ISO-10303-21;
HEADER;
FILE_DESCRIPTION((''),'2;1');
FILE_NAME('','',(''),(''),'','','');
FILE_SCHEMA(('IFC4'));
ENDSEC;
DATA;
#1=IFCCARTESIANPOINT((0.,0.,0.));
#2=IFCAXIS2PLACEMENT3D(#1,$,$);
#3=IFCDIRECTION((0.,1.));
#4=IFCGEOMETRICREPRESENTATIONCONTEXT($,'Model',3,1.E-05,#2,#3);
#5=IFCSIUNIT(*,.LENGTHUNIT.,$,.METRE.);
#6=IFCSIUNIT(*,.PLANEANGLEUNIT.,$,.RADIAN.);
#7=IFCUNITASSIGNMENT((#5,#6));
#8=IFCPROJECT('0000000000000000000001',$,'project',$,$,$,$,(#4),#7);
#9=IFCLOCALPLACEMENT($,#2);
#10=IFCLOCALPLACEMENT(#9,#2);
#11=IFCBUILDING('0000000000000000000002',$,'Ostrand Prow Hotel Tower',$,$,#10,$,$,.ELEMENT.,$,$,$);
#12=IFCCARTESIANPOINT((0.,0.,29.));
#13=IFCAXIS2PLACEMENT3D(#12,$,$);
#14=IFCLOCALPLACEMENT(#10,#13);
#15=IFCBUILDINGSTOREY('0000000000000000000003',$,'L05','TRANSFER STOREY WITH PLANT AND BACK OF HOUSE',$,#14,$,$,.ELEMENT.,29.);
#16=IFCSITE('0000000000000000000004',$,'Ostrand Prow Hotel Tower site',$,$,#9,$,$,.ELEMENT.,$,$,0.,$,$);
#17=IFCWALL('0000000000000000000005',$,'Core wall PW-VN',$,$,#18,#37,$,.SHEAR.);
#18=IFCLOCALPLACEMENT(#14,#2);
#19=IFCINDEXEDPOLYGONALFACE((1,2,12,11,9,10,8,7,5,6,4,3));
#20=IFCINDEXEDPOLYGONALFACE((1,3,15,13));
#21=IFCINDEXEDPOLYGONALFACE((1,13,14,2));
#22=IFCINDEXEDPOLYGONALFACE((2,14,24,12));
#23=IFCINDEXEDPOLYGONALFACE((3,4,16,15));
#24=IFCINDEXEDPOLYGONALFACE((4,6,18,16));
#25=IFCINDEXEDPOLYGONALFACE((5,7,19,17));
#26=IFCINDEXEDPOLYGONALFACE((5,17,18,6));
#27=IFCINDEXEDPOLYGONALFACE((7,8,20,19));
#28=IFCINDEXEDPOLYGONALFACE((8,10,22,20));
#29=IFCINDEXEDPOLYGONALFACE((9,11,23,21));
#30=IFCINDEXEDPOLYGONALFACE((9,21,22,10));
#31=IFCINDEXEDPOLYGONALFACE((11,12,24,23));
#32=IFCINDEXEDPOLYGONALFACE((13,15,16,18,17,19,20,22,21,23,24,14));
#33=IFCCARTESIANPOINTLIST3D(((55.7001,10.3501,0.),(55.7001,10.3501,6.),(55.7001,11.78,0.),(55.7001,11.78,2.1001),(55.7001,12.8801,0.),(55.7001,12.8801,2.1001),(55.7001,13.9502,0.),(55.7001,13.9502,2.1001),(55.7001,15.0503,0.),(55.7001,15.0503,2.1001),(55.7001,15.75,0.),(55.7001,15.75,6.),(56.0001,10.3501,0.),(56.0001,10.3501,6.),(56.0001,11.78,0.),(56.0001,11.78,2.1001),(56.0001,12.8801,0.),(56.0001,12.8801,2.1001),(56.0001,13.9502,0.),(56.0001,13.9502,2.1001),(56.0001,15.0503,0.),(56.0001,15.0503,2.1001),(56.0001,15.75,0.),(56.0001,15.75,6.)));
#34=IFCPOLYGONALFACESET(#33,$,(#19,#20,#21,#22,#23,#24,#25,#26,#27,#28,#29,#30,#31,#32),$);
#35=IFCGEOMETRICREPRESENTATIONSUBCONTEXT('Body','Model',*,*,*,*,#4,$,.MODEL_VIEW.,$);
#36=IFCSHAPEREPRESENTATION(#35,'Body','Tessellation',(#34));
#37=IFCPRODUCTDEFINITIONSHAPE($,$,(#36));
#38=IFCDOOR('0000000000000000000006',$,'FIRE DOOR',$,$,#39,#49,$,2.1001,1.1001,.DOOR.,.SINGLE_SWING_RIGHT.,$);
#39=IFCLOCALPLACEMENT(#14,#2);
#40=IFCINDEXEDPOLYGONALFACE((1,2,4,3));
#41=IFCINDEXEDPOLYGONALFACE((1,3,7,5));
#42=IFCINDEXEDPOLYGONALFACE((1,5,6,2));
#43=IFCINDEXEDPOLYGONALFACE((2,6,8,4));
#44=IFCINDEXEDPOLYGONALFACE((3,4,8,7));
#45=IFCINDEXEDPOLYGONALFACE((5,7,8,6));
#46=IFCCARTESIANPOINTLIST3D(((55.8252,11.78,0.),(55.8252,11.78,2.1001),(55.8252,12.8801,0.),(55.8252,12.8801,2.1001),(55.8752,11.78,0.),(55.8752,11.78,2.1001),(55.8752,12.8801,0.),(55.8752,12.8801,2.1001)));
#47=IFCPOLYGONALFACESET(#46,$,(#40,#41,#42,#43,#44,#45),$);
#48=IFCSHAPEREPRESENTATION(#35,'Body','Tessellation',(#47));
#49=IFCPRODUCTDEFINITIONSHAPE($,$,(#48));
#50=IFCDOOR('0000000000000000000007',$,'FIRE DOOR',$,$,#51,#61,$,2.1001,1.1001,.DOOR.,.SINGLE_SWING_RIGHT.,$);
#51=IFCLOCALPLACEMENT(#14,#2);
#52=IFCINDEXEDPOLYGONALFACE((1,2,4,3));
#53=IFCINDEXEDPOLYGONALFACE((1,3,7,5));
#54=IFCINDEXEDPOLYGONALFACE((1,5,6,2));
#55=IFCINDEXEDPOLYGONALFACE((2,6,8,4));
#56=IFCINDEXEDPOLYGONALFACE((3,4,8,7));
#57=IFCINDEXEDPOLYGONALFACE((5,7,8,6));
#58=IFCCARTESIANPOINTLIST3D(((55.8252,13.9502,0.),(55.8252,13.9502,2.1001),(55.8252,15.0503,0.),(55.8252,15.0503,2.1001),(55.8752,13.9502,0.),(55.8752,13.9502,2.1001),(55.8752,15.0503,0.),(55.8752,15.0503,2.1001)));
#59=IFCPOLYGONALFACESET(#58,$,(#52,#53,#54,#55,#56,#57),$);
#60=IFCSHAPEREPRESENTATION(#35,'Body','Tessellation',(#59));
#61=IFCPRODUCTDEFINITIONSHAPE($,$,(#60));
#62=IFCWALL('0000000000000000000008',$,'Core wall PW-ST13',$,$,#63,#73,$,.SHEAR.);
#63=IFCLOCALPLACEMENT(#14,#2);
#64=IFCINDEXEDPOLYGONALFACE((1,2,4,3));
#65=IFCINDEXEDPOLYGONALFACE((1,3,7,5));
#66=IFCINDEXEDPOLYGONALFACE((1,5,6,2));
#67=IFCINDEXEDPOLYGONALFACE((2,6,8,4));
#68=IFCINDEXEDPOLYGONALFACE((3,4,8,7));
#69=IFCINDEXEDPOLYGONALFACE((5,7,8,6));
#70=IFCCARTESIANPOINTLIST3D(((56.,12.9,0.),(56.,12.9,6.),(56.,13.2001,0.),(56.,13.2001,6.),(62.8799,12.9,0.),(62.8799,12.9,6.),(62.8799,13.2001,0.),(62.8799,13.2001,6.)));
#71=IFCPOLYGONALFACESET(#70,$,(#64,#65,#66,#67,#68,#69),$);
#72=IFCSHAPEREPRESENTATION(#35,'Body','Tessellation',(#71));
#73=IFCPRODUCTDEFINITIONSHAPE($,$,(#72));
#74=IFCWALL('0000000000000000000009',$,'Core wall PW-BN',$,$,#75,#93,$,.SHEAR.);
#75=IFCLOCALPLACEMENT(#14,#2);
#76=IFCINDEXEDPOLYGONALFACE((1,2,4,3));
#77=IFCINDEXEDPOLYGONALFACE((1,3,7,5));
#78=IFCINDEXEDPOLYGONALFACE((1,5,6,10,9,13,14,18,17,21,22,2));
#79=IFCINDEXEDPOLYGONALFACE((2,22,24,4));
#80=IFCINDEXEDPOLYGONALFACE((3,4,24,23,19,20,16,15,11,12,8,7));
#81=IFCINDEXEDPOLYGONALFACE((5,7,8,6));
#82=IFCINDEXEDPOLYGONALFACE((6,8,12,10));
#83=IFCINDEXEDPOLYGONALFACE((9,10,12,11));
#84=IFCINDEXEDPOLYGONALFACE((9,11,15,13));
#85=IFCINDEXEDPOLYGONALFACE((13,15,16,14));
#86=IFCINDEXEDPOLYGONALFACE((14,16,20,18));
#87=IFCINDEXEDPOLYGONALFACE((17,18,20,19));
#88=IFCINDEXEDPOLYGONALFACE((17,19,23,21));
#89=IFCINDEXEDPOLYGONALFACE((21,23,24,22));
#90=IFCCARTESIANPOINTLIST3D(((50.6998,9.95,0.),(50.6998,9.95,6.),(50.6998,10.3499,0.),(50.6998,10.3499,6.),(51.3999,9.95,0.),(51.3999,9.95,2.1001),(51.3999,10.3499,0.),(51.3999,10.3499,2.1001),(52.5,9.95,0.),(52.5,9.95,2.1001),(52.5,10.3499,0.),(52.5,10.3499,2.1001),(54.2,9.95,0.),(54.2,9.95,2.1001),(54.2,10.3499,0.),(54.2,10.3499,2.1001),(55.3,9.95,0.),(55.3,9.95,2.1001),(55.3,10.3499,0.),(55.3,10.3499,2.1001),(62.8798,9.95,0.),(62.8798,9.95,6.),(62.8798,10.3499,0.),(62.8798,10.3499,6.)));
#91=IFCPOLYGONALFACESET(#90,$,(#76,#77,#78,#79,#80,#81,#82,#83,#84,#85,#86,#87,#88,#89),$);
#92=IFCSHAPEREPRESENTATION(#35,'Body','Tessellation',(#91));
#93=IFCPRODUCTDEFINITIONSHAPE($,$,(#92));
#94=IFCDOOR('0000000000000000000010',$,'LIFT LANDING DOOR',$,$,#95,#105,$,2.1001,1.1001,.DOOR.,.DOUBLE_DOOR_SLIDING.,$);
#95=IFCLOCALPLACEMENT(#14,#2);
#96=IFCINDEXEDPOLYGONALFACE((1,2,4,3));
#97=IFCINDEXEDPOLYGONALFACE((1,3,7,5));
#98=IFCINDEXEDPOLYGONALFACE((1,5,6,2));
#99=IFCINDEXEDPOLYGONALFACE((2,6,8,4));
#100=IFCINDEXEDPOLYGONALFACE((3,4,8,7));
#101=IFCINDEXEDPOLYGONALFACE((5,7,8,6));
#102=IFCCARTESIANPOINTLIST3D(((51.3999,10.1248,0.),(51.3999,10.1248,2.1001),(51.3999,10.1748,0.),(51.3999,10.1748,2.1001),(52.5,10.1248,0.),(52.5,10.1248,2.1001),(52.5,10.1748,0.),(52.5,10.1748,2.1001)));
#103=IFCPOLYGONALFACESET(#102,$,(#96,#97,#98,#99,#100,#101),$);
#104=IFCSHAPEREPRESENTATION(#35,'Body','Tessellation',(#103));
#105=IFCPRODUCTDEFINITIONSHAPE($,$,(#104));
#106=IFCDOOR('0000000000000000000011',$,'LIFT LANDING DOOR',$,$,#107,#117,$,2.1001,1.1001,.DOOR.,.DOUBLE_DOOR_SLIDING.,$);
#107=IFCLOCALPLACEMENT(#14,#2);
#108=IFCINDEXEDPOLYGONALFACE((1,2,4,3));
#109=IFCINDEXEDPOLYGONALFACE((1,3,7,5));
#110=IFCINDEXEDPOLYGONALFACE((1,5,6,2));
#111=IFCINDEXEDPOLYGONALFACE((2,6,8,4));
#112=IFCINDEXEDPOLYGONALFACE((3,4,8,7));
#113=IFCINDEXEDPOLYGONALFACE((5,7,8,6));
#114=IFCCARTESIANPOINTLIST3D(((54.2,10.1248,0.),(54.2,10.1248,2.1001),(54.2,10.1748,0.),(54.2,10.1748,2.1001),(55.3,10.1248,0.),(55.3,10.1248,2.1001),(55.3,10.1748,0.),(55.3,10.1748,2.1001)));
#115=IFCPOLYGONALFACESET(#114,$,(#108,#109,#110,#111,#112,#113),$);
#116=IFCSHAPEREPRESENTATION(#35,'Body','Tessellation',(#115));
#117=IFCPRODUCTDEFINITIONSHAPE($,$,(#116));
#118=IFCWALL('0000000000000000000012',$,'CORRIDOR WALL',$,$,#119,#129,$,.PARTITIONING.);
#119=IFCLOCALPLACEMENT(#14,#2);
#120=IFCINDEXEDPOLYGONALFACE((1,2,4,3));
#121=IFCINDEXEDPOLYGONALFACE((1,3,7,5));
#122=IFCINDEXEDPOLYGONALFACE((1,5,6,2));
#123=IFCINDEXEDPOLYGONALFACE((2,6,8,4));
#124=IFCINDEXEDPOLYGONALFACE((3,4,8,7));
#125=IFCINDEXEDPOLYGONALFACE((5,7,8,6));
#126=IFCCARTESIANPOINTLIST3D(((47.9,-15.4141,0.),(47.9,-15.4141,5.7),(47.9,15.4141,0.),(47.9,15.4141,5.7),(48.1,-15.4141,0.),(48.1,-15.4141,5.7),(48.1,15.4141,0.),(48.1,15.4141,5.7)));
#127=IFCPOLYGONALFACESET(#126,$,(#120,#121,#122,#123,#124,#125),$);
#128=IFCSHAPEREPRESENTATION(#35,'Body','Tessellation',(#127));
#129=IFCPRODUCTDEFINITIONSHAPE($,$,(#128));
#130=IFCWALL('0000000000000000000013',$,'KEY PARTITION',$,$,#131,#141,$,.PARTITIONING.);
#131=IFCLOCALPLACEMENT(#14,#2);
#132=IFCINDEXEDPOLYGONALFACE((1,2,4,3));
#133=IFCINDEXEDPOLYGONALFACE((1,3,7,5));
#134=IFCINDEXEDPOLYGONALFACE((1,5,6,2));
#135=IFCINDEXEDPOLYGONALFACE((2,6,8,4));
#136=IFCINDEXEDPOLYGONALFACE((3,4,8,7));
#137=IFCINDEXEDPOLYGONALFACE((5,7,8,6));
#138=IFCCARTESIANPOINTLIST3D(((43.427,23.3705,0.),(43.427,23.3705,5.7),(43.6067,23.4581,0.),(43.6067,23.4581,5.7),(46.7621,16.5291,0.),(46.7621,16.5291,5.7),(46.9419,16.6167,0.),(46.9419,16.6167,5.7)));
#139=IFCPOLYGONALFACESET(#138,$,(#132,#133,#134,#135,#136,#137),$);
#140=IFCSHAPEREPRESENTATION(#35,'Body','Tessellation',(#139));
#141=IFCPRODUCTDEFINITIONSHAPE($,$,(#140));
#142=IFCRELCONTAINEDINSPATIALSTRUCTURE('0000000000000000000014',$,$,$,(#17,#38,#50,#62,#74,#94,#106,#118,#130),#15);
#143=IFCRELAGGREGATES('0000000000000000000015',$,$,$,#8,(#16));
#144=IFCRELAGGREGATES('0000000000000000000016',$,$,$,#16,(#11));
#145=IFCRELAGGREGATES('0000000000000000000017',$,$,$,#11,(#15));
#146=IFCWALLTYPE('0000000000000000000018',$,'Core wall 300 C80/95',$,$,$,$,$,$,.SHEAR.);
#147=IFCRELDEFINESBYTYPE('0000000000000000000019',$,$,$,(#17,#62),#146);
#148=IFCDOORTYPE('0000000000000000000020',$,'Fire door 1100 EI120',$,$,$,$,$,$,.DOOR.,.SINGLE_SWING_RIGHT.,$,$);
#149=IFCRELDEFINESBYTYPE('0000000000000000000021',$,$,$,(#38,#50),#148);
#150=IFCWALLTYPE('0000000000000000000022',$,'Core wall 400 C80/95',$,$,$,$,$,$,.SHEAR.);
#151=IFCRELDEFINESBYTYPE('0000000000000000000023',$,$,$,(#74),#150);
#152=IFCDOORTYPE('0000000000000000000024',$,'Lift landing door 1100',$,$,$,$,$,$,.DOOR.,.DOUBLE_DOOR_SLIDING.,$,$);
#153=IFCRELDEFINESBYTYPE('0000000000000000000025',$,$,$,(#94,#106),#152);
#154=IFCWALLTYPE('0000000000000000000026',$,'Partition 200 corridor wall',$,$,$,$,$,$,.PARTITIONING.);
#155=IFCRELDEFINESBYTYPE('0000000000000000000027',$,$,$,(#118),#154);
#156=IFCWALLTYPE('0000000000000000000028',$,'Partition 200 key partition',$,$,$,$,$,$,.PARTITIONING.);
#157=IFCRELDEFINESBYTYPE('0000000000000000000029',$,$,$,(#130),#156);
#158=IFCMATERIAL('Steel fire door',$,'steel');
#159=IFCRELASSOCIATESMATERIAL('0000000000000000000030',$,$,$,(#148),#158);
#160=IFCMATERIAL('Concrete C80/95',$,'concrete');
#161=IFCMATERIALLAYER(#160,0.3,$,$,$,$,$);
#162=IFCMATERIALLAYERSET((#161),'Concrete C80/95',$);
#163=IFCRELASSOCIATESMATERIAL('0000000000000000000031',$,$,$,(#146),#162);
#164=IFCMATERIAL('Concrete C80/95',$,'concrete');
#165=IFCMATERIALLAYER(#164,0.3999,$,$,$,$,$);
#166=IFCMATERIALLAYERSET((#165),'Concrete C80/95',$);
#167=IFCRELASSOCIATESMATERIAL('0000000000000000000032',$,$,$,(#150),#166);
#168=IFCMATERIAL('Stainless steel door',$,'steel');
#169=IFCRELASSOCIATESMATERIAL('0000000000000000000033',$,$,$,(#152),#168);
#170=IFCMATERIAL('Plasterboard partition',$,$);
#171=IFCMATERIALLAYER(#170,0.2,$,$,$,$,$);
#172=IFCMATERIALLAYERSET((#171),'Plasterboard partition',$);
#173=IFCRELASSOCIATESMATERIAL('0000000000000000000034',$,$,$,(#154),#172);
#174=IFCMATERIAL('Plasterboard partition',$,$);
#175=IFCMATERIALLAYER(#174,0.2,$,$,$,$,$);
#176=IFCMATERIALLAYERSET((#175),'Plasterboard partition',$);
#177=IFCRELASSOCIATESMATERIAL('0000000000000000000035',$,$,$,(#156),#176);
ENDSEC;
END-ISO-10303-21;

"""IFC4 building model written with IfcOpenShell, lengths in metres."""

from ifc_helpers import new_model, si_unit, direction, frame, frame_2d, origin, place, context, subcontext, project, spatial, rectangle, extrude, material, layer, layer_set, type_object, element, fill, save


model = new_model("IFC4")

# Units and contexts
model_context = context("Model", 3, precision=1e-05, world=origin(), true_north=direction((0.0, 1.0)))
body_context = subcontext(model_context, "Body", "Model", "MODEL_VIEW")
ifc_project = project(units=[si_unit("LENGTHUNIT", "METRE"), si_unit("PLANEANGLEUNIT", "RADIAN")], contexts=[model_context])

# Site, building, storey
site_placement = place(None, origin())
site = spatial("IfcSite", under=ifc_project, at=site_placement, Name="Ostrand Prow Hotel Tower site", CompositionType="ELEMENT", RefElevation=0.0)
building_placement = place(site_placement, origin())
building = spatial("IfcBuilding", under=site, at=building_placement, Name="Ostrand Prow Hotel Tower", CompositionType="ELEMENT")
storey_placement = place(building_placement, frame((0.0, 0.0, 29.0)))
storey = spatial("IfcBuildingStorey", under=building, at=storey_placement, Name="L05", Description="TRANSFER STOREY WITH PLANT AND BACK OF HOUSE", CompositionType="ELEMENT", Elevation=29.0)

# Shared definitions
ifc_material_1 = material(Name="Steel fire door", Category="steel")
door_type_1 = type_object("IfcDoorType", Name="Fire door 1100 EI120", OperationType="SINGLE_SWING_RIGHT", PredefinedType="DOOR", material=ifc_material_1)

# Shared definitions
ifc_material_2 = material(Name="Concrete C80/95", Category="concrete")
ifc_layer_1 = layer(ifc_material_2, 0.3)
ifc_layer_set_1 = layer_set([ifc_layer_1], Name="Concrete C80/95")
wall_type_1 = type_object("IfcWallType", Name="Core wall 300 C80/95", PredefinedType="SHEAR", material=ifc_layer_set_1)

# Wall, openings, doors
wall_1_placement = place(storey_placement, frame((55.8501, 10.3501, 0.0), z_axis=(0.0, 0.0, 1.0), x_axis=(0.0, 1.0, 0.0)))
wall_1 = element("IfcWall", 1, at=wall_1_placement, inside=storey, type_object=wall_type_1, Name="Core wall PW-VN", PredefinedType="SHEAR", context=body_context, shape_type="SweptSolid", body=[
    extrude(rectangle(XDim=5.3999, YDim=0.3, at=frame_2d((2.7, 0.0))), origin(), (0.0, 0.0, 1.0), 6.0),
])
opening_1_placement = place(wall_1_placement, frame((1.4299, 0.0, 0.0)))
opening_1 = element("IfcOpeningElement", 2, at=opening_1_placement, cuts=wall_1, PredefinedType="OPENING", context=body_context, shape_type="SweptSolid", body=[
    extrude(rectangle(XDim=1.1001, YDim=2.1001, at=frame_2d((0.55, 1.05))), frame((0.0, 0.1599, 0.0), z_axis=(0.0, -1.0, 0.0), x_axis=(1.0, 0.0, 0.0)), (0.0, 0.0, 1.0), 0.3201),
])
opening_2_placement = place(wall_1_placement, frame((3.6001, 0.0, 0.0)))
opening_2 = element("IfcOpeningElement", 3, at=opening_2_placement, cuts=wall_1, PredefinedType="OPENING", context=body_context, shape_type="SweptSolid", body=[
    extrude(rectangle(XDim=1.1001, YDim=2.1001, at=frame_2d((0.55, 1.05))), frame((0.0, 0.1599, 0.0), z_axis=(0.0, -1.0, 0.0), x_axis=(1.0, 0.0, 0.0)), (0.0, 0.0, 1.0), 0.3201),
])
door_1_placement = place(opening_1_placement, origin())
door_1 = element("IfcDoor", 4, at=door_1_placement, inside=storey, type_object=door_type_1, Name="FIRE DOOR", OperationType="SINGLE_SWING_RIGHT", OverallHeight=2.1001, OverallWidth=1.1001, PredefinedType="DOOR", context=body_context, shape_type="SweptSolid", body=[
    extrude(rectangle(XDim=1.1001, YDim=2.1001, at=frame_2d((0.55, 1.05))), frame((0.0, 0.0249, 0.0), z_axis=(0.0, -1.0, 0.0), x_axis=(1.0, 0.0, 0.0)), (0.0, 0.0, 1.0), 0.05),
])
fill(opening_1, door_1)
door_2_placement = place(opening_2_placement, origin())
door_2 = element("IfcDoor", 5, at=door_2_placement, inside=storey, type_object=door_type_1, Name="FIRE DOOR", OperationType="SINGLE_SWING_RIGHT", OverallHeight=2.1001, OverallWidth=1.1001, PredefinedType="DOOR", context=body_context, shape_type="SweptSolid", body=[
    extrude(rectangle(XDim=1.1001, YDim=2.1001, at=frame_2d((0.55, 1.05))), frame((0.0, 0.0249, 0.0), z_axis=(0.0, -1.0, 0.0), x_axis=(1.0, 0.0, 0.0)), (0.0, 0.0, 1.0), 0.05),
])
fill(opening_2, door_2)

# Wall
wall_2_placement = place(storey_placement, frame((56.0, 13.05, 0.0), z_axis=(0.0, 0.0, 1.0), x_axis=(1.0, 0.0, 0.0)))
element("IfcWall", 6, at=wall_2_placement, inside=storey, type_object=wall_type_1, Name="Core wall PW-ST13", PredefinedType="SHEAR", context=body_context, shape_type="SweptSolid", body=[
    extrude(rectangle(XDim=6.8799, YDim=0.3, at=frame_2d((3.4399, 0.0))), origin(), (0.0, 0.0, 1.0), 6.0),
])

# Wall, openings, doors
ifc_material_3 = material(Name="Concrete C80/95", Category="concrete")
ifc_layer_2 = layer(ifc_material_3, 0.3999)
ifc_layer_set_2 = layer_set([ifc_layer_2], Name="Concrete C80/95")
wall_type_2 = type_object("IfcWallType", Name="Core wall 400 C80/95", PredefinedType="SHEAR", material=ifc_layer_set_2)
wall_3_placement = place(storey_placement, frame((50.7, 10.1499, 0.0), z_axis=(0.0, 0.0, 1.0), x_axis=(1.0, 0.0, 0.0)))
wall_3 = element("IfcWall", 7, at=wall_3_placement, inside=storey, type_object=wall_type_2, Name="Core wall PW-BN", PredefinedType="SHEAR", context=body_context, shape_type="SweptSolid", body=[
    extrude(rectangle(XDim=12.1799, YDim=0.3999, at=frame_2d((6.0898, 0.0))), origin(), (0.0, 0.0, 1.0), 6.0),
])
opening_3_placement = place(wall_3_placement, frame((0.7, 0.0, 0.0)))
opening_3 = element("IfcOpeningElement", 8, at=opening_3_placement, cuts=wall_3, PredefinedType="OPENING", context=body_context, shape_type="SweptSolid", body=[
    extrude(rectangle(XDim=1.1001, YDim=2.1001, at=frame_2d((0.55, 1.05))), frame((0.0, 0.21, 0.0), z_axis=(0.0, -1.0, 0.0), x_axis=(1.0, 0.0, 0.0)), (0.0, 0.0, 1.0), 0.4199),
])
opening_4_placement = place(wall_3_placement, frame((3.5, 0.0, 0.0)))
opening_4 = element("IfcOpeningElement", 9, at=opening_4_placement, cuts=wall_3, PredefinedType="OPENING", context=body_context, shape_type="SweptSolid", body=[
    extrude(rectangle(XDim=1.1001, YDim=2.1001, at=frame_2d((0.55, 1.05))), frame((0.0, 0.21, 0.0), z_axis=(0.0, -1.0, 0.0), x_axis=(1.0, 0.0, 0.0)), (0.0, 0.0, 1.0), 0.4199),
])
ifc_material_4 = material(Name="Stainless steel door", Category="steel")
door_type_2 = type_object("IfcDoorType", Name="Lift landing door 1100", OperationType="DOUBLE_DOOR_SLIDING", PredefinedType="DOOR", material=ifc_material_4)
door_3_placement = place(opening_3_placement, origin())
door_3 = element("IfcDoor", 10, at=door_3_placement, inside=storey, type_object=door_type_2, Name="LIFT LANDING DOOR", OperationType="DOUBLE_DOOR_SLIDING", OverallHeight=2.1001, OverallWidth=1.1001, PredefinedType="DOOR", context=body_context, shape_type="SweptSolid", body=[
    extrude(rectangle(XDim=1.1001, YDim=2.1001, at=frame_2d((0.55, 1.05))), frame((0.0, 0.0249, 0.0), z_axis=(0.0, -1.0, 0.0), x_axis=(1.0, 0.0, 0.0)), (0.0, 0.0, 1.0), 0.05),
])
fill(opening_3, door_3)
door_4_placement = place(opening_4_placement, origin())
door_4 = element("IfcDoor", 11, at=door_4_placement, inside=storey, type_object=door_type_2, Name="LIFT LANDING DOOR", OperationType="DOUBLE_DOOR_SLIDING", OverallHeight=2.1001, OverallWidth=1.1001, PredefinedType="DOOR", context=body_context, shape_type="SweptSolid", body=[
    extrude(rectangle(XDim=1.1001, YDim=2.1001, at=frame_2d((0.55, 1.05))), frame((0.0, 0.0249, 0.0), z_axis=(0.0, -1.0, 0.0), x_axis=(1.0, 0.0, 0.0)), (0.0, 0.0, 1.0), 0.05),
])
fill(opening_4, door_4)

# Walls
ifc_material_5 = material(Name="Plasterboard partition")
ifc_layer_3 = layer(ifc_material_5, 0.2)
ifc_layer_set_3 = layer_set([ifc_layer_3], Name="Plasterboard partition")
wall_type_3 = type_object("IfcWallType", Name="Partition 200 corridor wall", PredefinedType="PARTITIONING", material=ifc_layer_set_3)
wall_4_placement = place(storey_placement, frame((48.0, 15.4141, 0.0), z_axis=(0.0, 0.0, 1.0), x_axis=(0.0, -1.0, 0.0)))
element("IfcWall", 12, at=wall_4_placement, inside=storey, type_object=wall_type_3, Name="CORRIDOR WALL", PredefinedType="PARTITIONING", context=body_context, shape_type="SweptSolid", body=[
    extrude(rectangle(XDim=30.8281, YDim=0.2, at=frame_2d((15.4141, 0.0))), origin(), (0.0, 0.0, 1.0), 5.7),
])
ifc_material_6 = material(Name="Plasterboard partition")
ifc_layer_4 = layer(ifc_material_6, 0.2)
ifc_layer_set_4 = layer_set([ifc_layer_4], Name="Plasterboard partition")
wall_type_4 = type_object("IfcWallType", Name="Partition 200 key partition", PredefinedType="PARTITIONING", material=ifc_layer_set_4)
wall_5_placement = place(storey_placement, frame((46.8521, 16.5728, 0.0), z_axis=(0.0, 0.0, 1.0), x_axis=(-0.438197, 0.898879, 0.0)))
element("IfcWall", 13, at=wall_5_placement, inside=storey, type_object=wall_type_4, Name="KEY PARTITION", PredefinedType="PARTITIONING", context=body_context, shape_type="SweptSolid", body=[
    extrude(rectangle(XDim=7.6111, YDim=0.2, at=frame_2d((3.8057, 0.0))), origin(), (0.0, 0.0, 1.0), 5.7),
])

save(model, "model.ifc")
